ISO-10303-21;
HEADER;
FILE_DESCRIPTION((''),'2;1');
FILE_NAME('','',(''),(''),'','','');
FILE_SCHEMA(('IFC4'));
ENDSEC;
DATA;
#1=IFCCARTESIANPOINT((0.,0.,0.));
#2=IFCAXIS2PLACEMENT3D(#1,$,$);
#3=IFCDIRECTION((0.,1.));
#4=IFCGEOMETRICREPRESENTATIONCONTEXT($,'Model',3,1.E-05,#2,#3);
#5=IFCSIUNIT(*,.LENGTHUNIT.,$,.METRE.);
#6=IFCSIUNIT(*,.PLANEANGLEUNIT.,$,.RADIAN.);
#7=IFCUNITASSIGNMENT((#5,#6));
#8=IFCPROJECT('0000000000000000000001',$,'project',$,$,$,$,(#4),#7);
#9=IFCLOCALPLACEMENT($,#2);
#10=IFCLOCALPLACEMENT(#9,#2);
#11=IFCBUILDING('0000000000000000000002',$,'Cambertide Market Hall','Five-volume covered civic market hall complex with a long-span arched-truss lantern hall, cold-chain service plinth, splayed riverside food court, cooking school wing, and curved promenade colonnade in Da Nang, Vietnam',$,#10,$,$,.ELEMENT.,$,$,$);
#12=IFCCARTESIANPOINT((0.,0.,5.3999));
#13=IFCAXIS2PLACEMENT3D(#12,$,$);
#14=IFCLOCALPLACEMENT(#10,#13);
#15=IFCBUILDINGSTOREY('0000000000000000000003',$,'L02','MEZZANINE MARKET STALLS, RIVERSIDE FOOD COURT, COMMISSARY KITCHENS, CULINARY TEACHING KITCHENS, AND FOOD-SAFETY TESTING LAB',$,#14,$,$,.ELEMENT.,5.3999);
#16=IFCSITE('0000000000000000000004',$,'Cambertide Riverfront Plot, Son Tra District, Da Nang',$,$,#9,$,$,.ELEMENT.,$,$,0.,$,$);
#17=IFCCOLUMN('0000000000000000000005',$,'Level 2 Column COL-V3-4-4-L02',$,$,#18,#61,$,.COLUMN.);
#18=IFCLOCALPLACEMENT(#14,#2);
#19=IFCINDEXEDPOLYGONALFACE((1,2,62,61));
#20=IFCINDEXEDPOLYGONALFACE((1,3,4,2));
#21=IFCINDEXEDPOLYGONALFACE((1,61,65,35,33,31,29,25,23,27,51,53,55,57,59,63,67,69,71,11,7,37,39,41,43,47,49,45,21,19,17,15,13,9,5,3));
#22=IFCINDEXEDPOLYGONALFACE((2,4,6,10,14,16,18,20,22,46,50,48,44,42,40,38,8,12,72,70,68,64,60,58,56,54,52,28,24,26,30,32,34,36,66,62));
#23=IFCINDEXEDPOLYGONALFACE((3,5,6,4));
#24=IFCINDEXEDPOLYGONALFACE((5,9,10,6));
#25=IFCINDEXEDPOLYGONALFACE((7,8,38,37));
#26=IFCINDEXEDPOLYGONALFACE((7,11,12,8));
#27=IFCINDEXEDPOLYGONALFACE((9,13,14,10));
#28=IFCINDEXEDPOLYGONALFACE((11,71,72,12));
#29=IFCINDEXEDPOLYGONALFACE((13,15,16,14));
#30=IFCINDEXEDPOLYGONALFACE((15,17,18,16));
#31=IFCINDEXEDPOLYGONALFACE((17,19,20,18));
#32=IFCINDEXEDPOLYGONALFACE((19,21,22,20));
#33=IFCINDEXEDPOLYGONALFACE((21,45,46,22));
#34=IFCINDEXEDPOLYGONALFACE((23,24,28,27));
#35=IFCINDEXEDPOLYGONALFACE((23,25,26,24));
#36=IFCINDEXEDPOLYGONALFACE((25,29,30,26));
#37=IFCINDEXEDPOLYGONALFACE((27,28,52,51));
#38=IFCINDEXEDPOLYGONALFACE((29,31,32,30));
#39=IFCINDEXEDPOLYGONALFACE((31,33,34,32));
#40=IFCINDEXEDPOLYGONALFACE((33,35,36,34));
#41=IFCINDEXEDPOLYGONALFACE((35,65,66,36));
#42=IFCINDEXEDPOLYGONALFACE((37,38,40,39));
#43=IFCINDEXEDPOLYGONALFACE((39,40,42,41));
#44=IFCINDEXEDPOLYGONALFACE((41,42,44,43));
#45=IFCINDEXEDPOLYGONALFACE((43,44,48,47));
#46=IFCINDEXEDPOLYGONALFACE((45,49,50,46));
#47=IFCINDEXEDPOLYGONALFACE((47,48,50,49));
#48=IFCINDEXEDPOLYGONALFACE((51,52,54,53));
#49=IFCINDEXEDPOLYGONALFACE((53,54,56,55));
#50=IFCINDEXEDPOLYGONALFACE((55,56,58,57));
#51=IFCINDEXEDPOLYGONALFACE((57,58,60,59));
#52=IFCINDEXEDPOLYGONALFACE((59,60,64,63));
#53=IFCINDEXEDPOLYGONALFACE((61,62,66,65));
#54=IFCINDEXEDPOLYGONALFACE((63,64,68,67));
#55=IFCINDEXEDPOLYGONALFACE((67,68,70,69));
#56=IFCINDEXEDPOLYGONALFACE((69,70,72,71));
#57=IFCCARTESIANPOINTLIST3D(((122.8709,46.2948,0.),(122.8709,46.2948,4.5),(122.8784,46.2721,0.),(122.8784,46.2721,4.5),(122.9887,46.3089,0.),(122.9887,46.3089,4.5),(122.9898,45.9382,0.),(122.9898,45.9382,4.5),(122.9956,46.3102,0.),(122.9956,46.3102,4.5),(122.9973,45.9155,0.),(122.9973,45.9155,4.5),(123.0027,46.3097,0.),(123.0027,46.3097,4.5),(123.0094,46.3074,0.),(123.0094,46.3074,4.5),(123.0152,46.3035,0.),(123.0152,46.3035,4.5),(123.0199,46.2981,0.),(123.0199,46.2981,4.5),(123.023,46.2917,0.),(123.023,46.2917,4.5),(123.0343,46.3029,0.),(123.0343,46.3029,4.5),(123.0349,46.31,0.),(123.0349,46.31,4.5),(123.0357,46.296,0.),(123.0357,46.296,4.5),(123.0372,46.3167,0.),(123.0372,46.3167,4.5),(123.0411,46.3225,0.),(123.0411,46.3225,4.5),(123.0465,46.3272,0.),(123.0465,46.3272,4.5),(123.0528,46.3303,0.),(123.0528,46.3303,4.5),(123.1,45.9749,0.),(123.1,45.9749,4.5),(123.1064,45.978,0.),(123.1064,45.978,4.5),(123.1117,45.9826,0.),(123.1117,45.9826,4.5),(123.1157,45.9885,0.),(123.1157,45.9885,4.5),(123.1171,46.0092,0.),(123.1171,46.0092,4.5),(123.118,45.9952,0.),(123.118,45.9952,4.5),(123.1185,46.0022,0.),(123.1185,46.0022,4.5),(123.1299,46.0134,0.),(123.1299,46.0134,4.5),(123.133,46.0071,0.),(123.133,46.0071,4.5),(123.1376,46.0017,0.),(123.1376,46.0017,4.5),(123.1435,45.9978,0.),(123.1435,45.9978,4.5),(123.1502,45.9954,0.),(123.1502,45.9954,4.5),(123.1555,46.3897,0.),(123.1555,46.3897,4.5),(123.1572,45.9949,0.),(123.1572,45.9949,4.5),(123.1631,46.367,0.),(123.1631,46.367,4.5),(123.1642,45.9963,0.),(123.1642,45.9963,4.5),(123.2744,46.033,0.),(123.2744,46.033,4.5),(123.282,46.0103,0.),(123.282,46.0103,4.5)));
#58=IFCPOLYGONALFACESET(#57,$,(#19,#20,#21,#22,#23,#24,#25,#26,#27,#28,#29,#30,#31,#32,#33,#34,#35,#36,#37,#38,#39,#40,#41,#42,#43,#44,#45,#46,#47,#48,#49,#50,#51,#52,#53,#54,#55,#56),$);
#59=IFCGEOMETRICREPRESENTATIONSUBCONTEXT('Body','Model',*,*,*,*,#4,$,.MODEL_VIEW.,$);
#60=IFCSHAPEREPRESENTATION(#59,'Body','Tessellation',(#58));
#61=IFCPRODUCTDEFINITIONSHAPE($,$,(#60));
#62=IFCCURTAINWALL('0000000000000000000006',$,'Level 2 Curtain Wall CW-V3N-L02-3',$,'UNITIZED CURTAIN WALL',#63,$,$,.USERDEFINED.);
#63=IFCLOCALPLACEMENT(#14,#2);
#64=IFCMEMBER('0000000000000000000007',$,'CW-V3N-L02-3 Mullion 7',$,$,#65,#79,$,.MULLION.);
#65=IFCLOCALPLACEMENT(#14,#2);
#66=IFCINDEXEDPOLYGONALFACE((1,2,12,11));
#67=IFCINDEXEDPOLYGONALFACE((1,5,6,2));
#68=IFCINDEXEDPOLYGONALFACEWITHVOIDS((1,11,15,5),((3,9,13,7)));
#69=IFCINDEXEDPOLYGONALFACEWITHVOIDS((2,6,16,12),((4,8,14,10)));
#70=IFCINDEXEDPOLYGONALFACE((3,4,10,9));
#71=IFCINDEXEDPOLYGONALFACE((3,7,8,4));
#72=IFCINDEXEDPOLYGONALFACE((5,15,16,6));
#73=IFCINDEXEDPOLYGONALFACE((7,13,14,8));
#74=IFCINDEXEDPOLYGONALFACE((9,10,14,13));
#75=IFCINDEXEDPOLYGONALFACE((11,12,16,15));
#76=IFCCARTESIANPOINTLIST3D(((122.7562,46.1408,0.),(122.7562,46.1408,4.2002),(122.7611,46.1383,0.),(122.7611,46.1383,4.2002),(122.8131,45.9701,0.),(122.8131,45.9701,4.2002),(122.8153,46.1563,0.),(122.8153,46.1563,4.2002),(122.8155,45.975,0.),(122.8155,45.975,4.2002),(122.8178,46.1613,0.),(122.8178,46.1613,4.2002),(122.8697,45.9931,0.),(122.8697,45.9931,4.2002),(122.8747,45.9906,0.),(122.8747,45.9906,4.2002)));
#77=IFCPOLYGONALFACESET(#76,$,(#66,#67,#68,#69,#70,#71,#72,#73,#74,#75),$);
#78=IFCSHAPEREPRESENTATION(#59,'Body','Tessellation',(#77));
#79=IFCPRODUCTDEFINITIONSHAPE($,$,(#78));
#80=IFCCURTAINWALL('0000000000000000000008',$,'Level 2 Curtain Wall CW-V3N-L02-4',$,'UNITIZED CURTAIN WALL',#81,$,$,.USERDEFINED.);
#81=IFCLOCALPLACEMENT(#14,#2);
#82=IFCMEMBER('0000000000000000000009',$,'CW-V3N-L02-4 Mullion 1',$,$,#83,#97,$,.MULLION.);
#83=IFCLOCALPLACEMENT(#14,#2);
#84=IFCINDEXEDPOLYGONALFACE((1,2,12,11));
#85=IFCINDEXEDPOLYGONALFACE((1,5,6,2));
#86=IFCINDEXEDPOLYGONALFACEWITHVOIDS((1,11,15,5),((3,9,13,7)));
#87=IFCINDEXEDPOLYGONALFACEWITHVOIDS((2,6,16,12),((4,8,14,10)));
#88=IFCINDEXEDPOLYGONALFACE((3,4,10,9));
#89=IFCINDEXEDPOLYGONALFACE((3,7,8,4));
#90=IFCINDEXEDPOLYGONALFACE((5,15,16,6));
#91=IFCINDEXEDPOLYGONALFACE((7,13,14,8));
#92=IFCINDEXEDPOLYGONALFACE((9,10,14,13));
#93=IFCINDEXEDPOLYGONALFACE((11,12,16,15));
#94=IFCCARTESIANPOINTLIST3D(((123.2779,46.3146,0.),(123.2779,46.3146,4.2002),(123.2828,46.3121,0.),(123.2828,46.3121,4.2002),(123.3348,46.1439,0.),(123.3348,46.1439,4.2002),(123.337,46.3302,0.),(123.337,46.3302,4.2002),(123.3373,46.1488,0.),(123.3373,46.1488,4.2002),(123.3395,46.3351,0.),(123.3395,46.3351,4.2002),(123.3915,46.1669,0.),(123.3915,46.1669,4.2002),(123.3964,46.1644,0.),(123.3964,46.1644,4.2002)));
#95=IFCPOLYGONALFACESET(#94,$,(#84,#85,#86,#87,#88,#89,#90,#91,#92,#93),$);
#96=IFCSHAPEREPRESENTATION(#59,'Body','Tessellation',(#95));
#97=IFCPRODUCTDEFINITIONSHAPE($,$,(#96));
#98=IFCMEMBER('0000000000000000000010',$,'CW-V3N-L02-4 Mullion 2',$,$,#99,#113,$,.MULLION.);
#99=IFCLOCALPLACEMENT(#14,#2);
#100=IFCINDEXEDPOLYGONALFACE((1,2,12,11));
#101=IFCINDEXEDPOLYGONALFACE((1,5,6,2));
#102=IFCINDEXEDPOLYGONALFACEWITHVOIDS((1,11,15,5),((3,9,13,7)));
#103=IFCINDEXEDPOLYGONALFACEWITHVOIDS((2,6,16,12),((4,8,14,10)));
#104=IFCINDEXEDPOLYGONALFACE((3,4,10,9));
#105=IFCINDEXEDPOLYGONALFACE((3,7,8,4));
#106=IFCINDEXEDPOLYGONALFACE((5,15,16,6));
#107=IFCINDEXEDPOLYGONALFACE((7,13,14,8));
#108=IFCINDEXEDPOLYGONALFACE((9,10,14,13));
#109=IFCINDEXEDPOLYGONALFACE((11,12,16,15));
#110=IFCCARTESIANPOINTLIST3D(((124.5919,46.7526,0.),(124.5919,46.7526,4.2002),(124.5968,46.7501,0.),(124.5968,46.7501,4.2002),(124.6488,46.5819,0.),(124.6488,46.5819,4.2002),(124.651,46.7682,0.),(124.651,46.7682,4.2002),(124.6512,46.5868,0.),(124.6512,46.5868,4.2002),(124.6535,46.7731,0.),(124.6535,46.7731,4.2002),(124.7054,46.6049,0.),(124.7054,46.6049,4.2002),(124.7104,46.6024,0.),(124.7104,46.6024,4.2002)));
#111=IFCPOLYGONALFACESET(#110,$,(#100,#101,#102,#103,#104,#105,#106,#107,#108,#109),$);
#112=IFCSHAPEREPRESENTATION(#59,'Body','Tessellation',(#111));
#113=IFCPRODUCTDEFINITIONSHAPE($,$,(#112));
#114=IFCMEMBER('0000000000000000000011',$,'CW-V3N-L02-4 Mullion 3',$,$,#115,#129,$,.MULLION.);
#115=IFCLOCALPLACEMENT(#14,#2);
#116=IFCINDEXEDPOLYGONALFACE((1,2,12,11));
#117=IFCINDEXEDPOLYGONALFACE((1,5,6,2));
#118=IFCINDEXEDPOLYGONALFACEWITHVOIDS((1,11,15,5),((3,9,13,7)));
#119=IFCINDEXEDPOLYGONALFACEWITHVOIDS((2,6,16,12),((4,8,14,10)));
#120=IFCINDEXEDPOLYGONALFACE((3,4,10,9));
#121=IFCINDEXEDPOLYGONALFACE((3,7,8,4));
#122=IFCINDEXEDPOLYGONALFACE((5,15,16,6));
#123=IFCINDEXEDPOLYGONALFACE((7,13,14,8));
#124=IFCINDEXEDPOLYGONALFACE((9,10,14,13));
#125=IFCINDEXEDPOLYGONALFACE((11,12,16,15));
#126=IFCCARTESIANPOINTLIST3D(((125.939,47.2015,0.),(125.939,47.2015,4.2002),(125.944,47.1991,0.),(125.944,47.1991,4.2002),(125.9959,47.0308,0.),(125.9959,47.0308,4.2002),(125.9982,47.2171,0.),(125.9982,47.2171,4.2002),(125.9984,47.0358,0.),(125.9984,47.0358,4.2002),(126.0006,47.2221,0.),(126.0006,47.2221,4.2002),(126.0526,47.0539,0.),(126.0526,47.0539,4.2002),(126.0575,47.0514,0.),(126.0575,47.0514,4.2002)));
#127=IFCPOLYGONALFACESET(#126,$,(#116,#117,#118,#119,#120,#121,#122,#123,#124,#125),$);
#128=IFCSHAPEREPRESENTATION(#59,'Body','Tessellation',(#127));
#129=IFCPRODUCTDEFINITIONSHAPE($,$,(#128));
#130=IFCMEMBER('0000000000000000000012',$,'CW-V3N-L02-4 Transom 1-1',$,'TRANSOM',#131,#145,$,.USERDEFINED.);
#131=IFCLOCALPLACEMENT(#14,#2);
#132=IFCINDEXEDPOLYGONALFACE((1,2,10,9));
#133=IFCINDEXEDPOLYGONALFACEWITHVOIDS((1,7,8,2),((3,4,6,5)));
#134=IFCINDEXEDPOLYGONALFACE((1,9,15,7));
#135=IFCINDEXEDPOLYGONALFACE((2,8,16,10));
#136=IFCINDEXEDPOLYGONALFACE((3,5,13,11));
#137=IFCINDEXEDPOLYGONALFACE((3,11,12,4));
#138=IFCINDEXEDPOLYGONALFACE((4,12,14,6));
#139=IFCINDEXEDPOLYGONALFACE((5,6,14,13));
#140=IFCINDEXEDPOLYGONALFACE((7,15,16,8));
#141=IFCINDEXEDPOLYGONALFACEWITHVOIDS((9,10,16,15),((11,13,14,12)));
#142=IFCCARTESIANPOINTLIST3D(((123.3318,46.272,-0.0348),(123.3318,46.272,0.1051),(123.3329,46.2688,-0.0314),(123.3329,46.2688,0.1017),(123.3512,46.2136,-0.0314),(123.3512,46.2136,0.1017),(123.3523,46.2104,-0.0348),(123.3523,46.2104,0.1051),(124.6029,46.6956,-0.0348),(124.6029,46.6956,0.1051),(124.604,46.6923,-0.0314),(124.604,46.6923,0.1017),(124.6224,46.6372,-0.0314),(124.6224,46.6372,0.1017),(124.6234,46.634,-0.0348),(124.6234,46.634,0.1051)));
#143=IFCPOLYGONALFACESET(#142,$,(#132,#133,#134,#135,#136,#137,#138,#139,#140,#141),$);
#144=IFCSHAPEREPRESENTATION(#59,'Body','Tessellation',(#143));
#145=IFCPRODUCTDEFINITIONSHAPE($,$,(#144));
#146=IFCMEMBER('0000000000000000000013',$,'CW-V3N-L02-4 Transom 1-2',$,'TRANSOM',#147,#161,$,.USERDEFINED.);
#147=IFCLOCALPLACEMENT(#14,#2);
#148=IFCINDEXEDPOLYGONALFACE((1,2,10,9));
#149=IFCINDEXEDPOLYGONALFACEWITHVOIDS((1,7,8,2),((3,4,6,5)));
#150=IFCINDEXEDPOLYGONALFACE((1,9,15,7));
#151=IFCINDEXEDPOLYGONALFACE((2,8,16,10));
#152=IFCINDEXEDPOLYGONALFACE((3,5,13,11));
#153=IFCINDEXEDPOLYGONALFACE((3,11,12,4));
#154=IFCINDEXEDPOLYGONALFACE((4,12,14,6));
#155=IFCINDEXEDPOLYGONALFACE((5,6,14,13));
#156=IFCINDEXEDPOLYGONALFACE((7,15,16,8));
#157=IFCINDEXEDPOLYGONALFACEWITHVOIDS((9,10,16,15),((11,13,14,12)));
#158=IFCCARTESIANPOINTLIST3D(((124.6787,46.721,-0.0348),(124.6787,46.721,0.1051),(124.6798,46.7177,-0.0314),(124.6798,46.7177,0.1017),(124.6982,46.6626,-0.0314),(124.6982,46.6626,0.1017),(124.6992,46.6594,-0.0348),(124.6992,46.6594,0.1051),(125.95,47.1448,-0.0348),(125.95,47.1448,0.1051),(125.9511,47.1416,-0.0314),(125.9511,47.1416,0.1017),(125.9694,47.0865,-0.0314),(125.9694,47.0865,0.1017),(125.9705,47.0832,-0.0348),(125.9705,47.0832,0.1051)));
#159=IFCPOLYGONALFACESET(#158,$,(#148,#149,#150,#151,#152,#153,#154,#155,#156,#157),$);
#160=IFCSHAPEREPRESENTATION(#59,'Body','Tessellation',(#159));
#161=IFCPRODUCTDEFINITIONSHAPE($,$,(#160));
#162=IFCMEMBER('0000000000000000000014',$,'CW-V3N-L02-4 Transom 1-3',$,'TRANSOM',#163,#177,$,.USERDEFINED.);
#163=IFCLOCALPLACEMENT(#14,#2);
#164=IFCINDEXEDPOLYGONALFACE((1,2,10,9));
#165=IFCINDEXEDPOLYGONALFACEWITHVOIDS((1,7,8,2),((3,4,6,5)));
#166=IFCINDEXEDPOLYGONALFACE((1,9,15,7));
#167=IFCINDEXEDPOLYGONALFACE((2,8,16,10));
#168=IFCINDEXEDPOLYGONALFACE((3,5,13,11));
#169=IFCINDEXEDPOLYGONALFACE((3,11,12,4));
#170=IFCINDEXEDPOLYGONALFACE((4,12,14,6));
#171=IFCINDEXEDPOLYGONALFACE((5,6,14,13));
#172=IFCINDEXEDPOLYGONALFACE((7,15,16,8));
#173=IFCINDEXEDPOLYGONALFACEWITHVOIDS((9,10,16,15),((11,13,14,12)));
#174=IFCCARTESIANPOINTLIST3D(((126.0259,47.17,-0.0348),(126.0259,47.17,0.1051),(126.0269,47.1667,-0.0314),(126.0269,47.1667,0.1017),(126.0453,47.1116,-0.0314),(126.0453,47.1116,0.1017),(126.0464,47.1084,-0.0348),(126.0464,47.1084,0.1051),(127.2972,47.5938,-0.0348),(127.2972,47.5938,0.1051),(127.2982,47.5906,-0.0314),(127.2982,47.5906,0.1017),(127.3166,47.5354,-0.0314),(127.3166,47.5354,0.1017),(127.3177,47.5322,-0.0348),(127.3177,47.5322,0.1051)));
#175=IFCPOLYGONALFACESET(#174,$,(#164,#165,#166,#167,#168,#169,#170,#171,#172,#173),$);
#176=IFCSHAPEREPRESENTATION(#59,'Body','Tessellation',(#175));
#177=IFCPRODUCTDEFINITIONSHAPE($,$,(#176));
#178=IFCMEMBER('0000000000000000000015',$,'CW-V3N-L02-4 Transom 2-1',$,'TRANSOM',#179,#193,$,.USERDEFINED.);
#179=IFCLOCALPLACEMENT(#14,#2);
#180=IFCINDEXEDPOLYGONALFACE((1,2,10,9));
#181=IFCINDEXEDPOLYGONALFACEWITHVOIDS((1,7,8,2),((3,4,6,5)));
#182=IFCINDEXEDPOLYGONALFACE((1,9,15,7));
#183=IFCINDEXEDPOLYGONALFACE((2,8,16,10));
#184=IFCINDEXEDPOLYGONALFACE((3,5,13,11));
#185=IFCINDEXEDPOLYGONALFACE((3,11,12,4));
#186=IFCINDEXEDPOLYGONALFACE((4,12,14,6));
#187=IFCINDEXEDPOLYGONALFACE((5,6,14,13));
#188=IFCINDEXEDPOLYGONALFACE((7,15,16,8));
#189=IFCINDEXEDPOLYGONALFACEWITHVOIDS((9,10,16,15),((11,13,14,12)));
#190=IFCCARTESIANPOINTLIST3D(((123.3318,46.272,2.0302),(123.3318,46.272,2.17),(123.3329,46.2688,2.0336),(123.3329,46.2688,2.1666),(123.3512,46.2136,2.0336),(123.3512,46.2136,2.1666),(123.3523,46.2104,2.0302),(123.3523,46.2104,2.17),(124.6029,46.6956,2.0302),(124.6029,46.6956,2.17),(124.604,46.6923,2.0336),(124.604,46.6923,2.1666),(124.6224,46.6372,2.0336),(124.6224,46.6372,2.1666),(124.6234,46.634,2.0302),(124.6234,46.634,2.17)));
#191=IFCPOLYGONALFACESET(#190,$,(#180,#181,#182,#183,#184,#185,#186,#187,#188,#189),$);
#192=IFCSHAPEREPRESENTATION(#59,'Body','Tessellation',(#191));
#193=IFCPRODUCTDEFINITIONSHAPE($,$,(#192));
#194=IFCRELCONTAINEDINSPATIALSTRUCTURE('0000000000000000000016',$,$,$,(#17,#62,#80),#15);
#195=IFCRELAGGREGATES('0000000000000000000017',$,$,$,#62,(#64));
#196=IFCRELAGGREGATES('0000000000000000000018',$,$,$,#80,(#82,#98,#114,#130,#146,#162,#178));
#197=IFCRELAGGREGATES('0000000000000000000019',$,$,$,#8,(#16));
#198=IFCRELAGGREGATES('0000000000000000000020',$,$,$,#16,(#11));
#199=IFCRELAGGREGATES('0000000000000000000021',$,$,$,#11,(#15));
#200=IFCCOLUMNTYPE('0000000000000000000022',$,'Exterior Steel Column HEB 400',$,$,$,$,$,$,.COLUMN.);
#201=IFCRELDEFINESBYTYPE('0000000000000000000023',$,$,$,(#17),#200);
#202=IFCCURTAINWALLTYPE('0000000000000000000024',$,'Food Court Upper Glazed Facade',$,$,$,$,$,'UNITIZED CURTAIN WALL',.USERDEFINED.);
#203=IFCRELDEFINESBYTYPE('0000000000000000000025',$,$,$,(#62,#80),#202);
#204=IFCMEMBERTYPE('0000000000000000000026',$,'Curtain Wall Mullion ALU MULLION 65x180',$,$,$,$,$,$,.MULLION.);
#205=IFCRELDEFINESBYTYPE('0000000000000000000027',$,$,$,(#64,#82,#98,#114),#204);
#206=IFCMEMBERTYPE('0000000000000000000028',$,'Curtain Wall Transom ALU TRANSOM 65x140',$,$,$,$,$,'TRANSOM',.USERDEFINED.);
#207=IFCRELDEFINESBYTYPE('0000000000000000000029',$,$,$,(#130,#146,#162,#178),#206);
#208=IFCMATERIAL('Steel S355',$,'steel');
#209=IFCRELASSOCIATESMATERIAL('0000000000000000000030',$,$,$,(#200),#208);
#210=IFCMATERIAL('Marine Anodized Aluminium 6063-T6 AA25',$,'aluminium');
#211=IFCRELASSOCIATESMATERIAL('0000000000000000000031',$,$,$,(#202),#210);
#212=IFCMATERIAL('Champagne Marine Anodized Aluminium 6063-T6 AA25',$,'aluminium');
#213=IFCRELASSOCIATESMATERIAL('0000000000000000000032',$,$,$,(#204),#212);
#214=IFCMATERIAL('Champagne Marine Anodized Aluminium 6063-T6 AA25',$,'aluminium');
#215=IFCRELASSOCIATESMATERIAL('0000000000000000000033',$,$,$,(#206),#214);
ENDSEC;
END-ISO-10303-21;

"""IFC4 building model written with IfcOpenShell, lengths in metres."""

from ifc_helpers import new_model, si_unit, direction, frame, origin, origin_2d, place, context, subcontext, project, spatial, hollow_rectangle, i_section, extrude, material, material_profile, profile_set, type_object, element, aggregate, save


model = new_model("IFC4")

# Units and contexts
model_context = context("Model", 3, precision=1e-05, world=origin(), true_north=direction((0.0, 1.0)))
body_context = subcontext(model_context, "Body", "Model", "MODEL_VIEW")
ifc_project = project(units=[si_unit("LENGTHUNIT", "METRE"), si_unit("PLANEANGLEUNIT", "RADIAN")], contexts=[model_context])

# Site, building, storey
site_placement = place(None, origin())
site = spatial("IfcSite", under=ifc_project, at=site_placement, Name="Cambertide Riverfront Plot, Son Tra District, Da Nang", CompositionType="ELEMENT", RefElevation=0.0)
building_placement = place(site_placement, origin())
building = spatial("IfcBuilding", under=site, at=building_placement, Name="Cambertide Market Hall", Description="Five-volume covered civic market hall complex with a long-span arched-truss lantern hall, cold-chain service plinth, splayed riverside food court, cooking school wing, and curved promenade colonnade in Da Nang, Vietnam", CompositionType="ELEMENT")
storey_placement = place(building_placement, frame((0.0, 0.0, 5.3999)))
storey = spatial("IfcBuildingStorey", under=building, at=storey_placement, Name="L02", Description="MEZZANINE MARKET STALLS, RIVERSIDE FOOD COURT, COMMISSARY KITCHENS, CULINARY TEACHING KITCHENS, AND FOOD-SAFETY TESTING LAB", CompositionType="ELEMENT", Elevation=5.3999)

# Column
ifc_material_1 = material(Name="Steel S355", Category="steel")
ifc_material_profile_1 = material_profile(ifc_material_1, i_section(OverallWidth=0.3, OverallDepth=0.3999, WebThickness=0.0134, FlangeThickness=0.0239, FilletRadius=0.0271, at=origin_2d()), Name="HEB 400")
ifc_profile_set_1 = profile_set([ifc_material_profile_1], Name="Steel S355")
column_type = type_object("IfcColumnType", Name="Exterior Steel Column HEB 400", PredefinedType="COLUMN", material=ifc_profile_set_1)
column_placement = place(storey_placement, frame((123.0764, 46.1526, 0.0), z_axis=(0.0, 0.0, 1.0), x_axis=(0.948683, 0.316228, 0.0)))
element("IfcColumn", 1, at=column_placement, inside=storey, type_object=column_type, Name="Level 2 Column COL-V3-4-4-L02", PredefinedType="COLUMN", context=body_context, shape_type="SweptSolid", body=[
    extrude(i_section(OverallWidth=0.3, OverallDepth=0.3999, WebThickness=0.0134, FlangeThickness=0.0239, FilletRadius=0.0271, at=origin_2d()), origin(), (0.0, 0.0, 1.0), 4.5),
])

# Curtain wall, member
ifc_material_2 = material(Name="Marine Anodized Aluminium 6063-T6 AA25", Category="aluminium")
curtain_wall_type = type_object("IfcCurtainWallType", Name="Food Court Upper Glazed Facade", ElementType="UNITIZED CURTAIN WALL", PredefinedType="USERDEFINED", material=ifc_material_2)
curtain_wall_1_placement = place(storey_placement, origin())
curtain_wall_1 = element("IfcCurtainWall", 2, at=curtain_wall_1_placement, inside=storey, type_object=curtain_wall_type, Name="Level 2 Curtain Wall CW-V3N-L02-3", ObjectType="UNITIZED CURTAIN WALL", PredefinedType="USERDEFINED")
ifc_material_3 = material(Name="Champagne Marine Anodized Aluminium 6063-T6 AA25", Category="aluminium")
ifc_material_profile_2 = material_profile(ifc_material_3, hollow_rectangle(XDim=0.0649, YDim=0.1799, WallThickness=0.0039, at=origin_2d()), Name="ALU MULLION 65x180")
ifc_profile_set_2 = profile_set([ifc_material_profile_2], Name="Champagne Marine Anodized Aluminium 6063-T6 AA25")
member_type_1 = type_object("IfcMemberType", Name="Curtain Wall Mullion ALU MULLION 65x180", PredefinedType="MULLION", material=ifc_profile_set_2)
member_1_placement = place(storey_placement, frame((122.8154, 46.0657, 0.0), z_axis=(0.0, 0.0, 1.0), x_axis=(0.948683, 0.316228, 0.0)))
member_1 = element("IfcMember", 3, at=member_1_placement, type_object=member_type_1, Name="CW-V3N-L02-3 Mullion 7", PredefinedType="MULLION", context=body_context, shape_type="SweptSolid", body=[
    extrude(hollow_rectangle(XDim=0.0649, YDim=0.1799, WallThickness=0.0039, at=origin_2d()), origin(), (0.0, 0.0, 1.0), 4.2002),
])

# Curtain wall, members
curtain_wall_2_placement = place(storey_placement, origin())
curtain_wall_2 = element("IfcCurtainWall", 4, at=curtain_wall_2_placement, inside=storey, type_object=curtain_wall_type, Name="Level 2 Curtain Wall CW-V3N-L02-4", ObjectType="UNITIZED CURTAIN WALL", PredefinedType="USERDEFINED")
member_2_placement = place(storey_placement, frame((123.3372, 46.2395, 0.0), z_axis=(0.0, 0.0, 1.0), x_axis=(0.948683, 0.316228, 0.0)))
member_2 = element("IfcMember", 5, at=member_2_placement, type_object=member_type_1, Name="CW-V3N-L02-4 Mullion 1", PredefinedType="MULLION", context=body_context, shape_type="SweptSolid", body=[
    extrude(hollow_rectangle(XDim=0.0649, YDim=0.1799, WallThickness=0.0039, at=origin_2d()), origin(), (0.0, 0.0, 1.0), 4.2002),
])
member_3_placement = place(storey_placement, frame((124.6511, 46.6775, 0.0), z_axis=(0.0, 0.0, 1.0), x_axis=(0.948683, 0.316228, 0.0)))
member_3 = element("IfcMember", 6, at=member_3_placement, type_object=member_type_1, Name="CW-V3N-L02-4 Mullion 2", PredefinedType="MULLION", context=body_context, shape_type="SweptSolid", body=[
    extrude(hollow_rectangle(XDim=0.0649, YDim=0.1799, WallThickness=0.0039, at=origin_2d()), origin(), (0.0, 0.0, 1.0), 4.2002),
])
member_4_placement = place(storey_placement, frame((125.9983, 47.1265, 0.0), z_axis=(0.0, 0.0, 1.0), x_axis=(0.948683, 0.316228, 0.0)))
member_4 = element("IfcMember", 7, at=member_4_placement, type_object=member_type_1, Name="CW-V3N-L02-4 Mullion 3", PredefinedType="MULLION", context=body_context, shape_type="SweptSolid", body=[
    extrude(hollow_rectangle(XDim=0.0649, YDim=0.1799, WallThickness=0.0039, at=origin_2d()), origin(), (0.0, 0.0, 1.0), 4.2002),
])
ifc_material_4 = material(Name="Champagne Marine Anodized Aluminium 6063-T6 AA25", Category="aluminium")
ifc_material_profile_3 = material_profile(ifc_material_4, hollow_rectangle(XDim=0.0649, YDim=0.1399, WallThickness=0.0034, at=origin_2d()), Name="ALU TRANSOM 65x140")
ifc_profile_set_3 = profile_set([ifc_material_profile_3], Name="Champagne Marine Anodized Aluminium 6063-T6 AA25")
member_type_2 = type_object("IfcMemberType", Name="Curtain Wall Transom ALU TRANSOM 65x140", ElementType="TRANSOM", PredefinedType="USERDEFINED", material=ifc_profile_set_3)
member_5_placement = place(storey_placement, frame((123.342, 46.2412, 0.0352), z_axis=(0.94872, 0.316118, 0.0), x_axis=(-0.316118, 0.94872, 0.0)))
member_5 = element("IfcMember", 8, at=member_5_placement, type_object=member_type_2, Name="CW-V3N-L02-4 Transom 1-1", ObjectType="TRANSOM", PredefinedType="USERDEFINED", context=body_context, shape_type="SweptSolid", body=[
    extrude(hollow_rectangle(XDim=0.0649, YDim=0.1399, WallThickness=0.0034, at=origin_2d()), origin(), (0.0, 0.0, 1.0), 1.3398),
])
member_6_placement = place(storey_placement, frame((124.689, 46.6902, 0.0352), z_axis=(0.948665, 0.316282, 0.0), x_axis=(-0.316282, 0.948665, 0.0)))
member_6 = element("IfcMember", 9, at=member_6_placement, type_object=member_type_2, Name="CW-V3N-L02-4 Transom 1-2", ObjectType="TRANSOM", PredefinedType="USERDEFINED", context=body_context, shape_type="SweptSolid", body=[
    extrude(hollow_rectangle(XDim=0.0649, YDim=0.1399, WallThickness=0.0034, at=origin_2d()), origin(), (0.0, 0.0, 1.0), 1.3401),
])
member_7_placement = place(storey_placement, frame((126.0361, 47.1392, 0.0352), z_axis=(0.948665, 0.316282, 0.0), x_axis=(-0.316282, 0.948665, 0.0)))
member_7 = element("IfcMember", 10, at=member_7_placement, type_object=member_type_2, Name="CW-V3N-L02-4 Transom 1-3", ObjectType="TRANSOM", PredefinedType="USERDEFINED", context=body_context, shape_type="SweptSolid", body=[
    extrude(hollow_rectangle(XDim=0.0649, YDim=0.1399, WallThickness=0.0034, at=origin_2d()), origin(), (0.0, 0.0, 1.0), 1.3401),
])
member_8_placement = place(storey_placement, frame((123.342, 46.2412, 2.1001), z_axis=(0.94872, 0.316118, 0.0), x_axis=(-0.316118, 0.94872, 0.0)))
member_8 = element("IfcMember", 11, at=member_8_placement, type_object=member_type_2, Name="CW-V3N-L02-4 Transom 2-1", ObjectType="TRANSOM", PredefinedType="USERDEFINED", context=body_context, shape_type="SweptSolid", body=[
    extrude(hollow_rectangle(XDim=0.0649, YDim=0.1399, WallThickness=0.0034, at=origin_2d()), origin(), (0.0, 0.0, 1.0), 1.3398),
])

aggregate(curtain_wall_1, [member_1])
aggregate(curtain_wall_2, [member_2, member_3, member_4, member_5, member_6, member_7, member_8])

save(model, "model.ifc")
